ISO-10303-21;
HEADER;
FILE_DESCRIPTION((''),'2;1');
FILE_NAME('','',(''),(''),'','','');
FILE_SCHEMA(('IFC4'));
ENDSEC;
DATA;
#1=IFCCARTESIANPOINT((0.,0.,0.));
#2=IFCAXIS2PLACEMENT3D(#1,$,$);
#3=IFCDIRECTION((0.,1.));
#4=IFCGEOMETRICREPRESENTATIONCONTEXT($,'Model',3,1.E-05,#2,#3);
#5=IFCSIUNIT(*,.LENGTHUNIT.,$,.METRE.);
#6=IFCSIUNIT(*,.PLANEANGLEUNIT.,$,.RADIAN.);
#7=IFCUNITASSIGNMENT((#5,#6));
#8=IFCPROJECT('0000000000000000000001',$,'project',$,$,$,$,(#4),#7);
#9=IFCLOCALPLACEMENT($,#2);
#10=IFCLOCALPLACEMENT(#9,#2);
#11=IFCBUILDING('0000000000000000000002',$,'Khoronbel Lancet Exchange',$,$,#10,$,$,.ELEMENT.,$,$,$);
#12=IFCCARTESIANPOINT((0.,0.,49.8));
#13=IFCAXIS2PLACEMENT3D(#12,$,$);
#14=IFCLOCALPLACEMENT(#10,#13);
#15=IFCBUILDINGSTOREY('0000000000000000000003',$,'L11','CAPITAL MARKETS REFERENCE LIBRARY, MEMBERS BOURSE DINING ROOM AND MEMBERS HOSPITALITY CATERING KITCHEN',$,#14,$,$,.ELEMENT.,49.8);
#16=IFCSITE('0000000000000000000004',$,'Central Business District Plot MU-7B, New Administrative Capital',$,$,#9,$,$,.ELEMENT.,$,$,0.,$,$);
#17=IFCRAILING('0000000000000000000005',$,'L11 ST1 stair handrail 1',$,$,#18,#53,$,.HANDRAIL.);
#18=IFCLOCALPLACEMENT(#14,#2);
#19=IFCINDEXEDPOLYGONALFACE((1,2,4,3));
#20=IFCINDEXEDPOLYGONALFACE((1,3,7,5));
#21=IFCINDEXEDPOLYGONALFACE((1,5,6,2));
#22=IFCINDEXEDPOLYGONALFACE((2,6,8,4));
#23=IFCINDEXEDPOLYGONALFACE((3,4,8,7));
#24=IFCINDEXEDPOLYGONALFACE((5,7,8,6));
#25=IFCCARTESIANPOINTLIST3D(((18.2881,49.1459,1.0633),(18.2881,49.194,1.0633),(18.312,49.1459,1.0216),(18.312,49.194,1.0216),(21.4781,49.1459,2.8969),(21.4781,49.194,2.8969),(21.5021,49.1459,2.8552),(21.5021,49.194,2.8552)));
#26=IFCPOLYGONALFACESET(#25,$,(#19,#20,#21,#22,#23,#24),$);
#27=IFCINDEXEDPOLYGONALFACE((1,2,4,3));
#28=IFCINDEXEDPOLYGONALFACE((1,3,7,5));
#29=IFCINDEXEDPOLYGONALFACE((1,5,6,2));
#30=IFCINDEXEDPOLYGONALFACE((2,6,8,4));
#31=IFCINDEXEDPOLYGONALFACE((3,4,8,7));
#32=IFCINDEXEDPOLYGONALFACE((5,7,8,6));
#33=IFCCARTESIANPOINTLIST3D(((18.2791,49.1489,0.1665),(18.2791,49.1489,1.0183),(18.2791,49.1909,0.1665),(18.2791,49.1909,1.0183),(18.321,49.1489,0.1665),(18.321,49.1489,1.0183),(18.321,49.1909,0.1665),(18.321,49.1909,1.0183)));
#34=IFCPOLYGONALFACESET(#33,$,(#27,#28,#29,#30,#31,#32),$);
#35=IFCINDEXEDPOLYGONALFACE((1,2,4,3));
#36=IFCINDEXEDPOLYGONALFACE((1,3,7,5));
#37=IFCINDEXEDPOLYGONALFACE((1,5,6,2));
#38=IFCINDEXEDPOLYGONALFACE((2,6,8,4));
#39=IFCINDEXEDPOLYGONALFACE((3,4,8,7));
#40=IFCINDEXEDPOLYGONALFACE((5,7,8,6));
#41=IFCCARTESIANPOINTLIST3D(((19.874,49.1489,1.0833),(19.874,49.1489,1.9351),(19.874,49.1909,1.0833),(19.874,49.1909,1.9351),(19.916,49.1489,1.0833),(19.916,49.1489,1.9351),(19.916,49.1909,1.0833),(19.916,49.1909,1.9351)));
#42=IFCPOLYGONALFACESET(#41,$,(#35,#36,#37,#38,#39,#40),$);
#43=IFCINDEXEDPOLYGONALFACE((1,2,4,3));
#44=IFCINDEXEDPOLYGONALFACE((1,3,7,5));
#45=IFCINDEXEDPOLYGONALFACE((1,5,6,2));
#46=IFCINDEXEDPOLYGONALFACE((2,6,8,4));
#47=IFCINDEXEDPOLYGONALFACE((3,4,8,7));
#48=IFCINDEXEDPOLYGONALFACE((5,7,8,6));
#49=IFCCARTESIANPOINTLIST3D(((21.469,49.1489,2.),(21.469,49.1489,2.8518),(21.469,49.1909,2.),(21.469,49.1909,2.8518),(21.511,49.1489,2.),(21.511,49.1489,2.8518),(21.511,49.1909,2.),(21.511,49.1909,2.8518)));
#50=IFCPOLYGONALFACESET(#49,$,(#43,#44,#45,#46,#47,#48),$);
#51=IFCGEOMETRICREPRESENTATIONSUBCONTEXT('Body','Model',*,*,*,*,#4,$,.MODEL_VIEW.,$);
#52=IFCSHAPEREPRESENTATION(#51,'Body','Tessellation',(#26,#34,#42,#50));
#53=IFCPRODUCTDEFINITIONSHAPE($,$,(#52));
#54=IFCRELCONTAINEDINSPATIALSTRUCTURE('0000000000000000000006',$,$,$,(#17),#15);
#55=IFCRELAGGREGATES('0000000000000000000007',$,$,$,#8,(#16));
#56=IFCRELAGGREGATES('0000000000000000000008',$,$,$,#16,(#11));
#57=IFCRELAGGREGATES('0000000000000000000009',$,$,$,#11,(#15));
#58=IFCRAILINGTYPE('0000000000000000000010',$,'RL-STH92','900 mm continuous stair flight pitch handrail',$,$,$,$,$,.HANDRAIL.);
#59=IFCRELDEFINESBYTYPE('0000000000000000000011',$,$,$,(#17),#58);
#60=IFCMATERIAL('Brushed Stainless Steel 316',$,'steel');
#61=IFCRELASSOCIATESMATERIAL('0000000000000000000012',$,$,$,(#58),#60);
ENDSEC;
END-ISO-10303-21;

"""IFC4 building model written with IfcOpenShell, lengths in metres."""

from ifc_helpers import new_model, si_unit, direction, frame, origin, origin_2d, place, context, subcontext, project, spatial, rectangle, extrude, material, type_object, element, save


model = new_model("IFC4")

# Units and contexts
model_context = context("Model", 3, precision=1e-05, world=origin(), true_north=direction((0.0, 1.0)))
body_context = subcontext(model_context, "Body", "Model", "MODEL_VIEW")
ifc_project = project(units=[si_unit("LENGTHUNIT", "METRE"), si_unit("PLANEANGLEUNIT", "RADIAN")], contexts=[model_context])

# Site, building, storey
site_placement = place(None, origin())
site = spatial("IfcSite", under=ifc_project, at=site_placement, Name="Central Business District Plot MU-7B, New Administrative Capital", CompositionType="ELEMENT", RefElevation=0.0)
building_placement = place(site_placement, origin())
building = spatial("IfcBuilding", under=site, at=building_placement, Name="Khoronbel Lancet Exchange", CompositionType="ELEMENT")
storey_placement = place(building_placement, frame((0.0, 0.0, 49.8)))
storey = spatial("IfcBuildingStorey", under=building, at=storey_placement, Name="L11", Description="CAPITAL MARKETS REFERENCE LIBRARY, MEMBERS BOURSE DINING ROOM AND MEMBERS HOSPITALITY CATERING KITCHEN", CompositionType="ELEMENT", Elevation=49.8)

# Railing
ifc_material_1 = material(Name="Brushed Stainless Steel 316", Category="steel")
railing_type_1 = type_object("IfcRailingType", Name="RL-STH92", Description="900 mm continuous stair flight pitch handrail", PredefinedType="HANDRAIL", material=ifc_material_1)
railing_1_placement = place(storey_placement, frame((18.3, 49.1699, 0.1665)))
element("IfcRailing", 1, at=railing_1_placement, inside=storey, type_object=railing_type_1, Name="L11 ST1 stair handrail 1", PredefinedType="HANDRAIL", context=body_context, shape_type="SweptSolid", body=[
    extrude(rectangle(XDim=0.0481, YDim=0.0481, at=origin_2d()), frame((0.0, 0.0, 0.876), z_axis=(0.866991, 0.0, 0.498324), x_axis=(0.0, 1.0, 0.0)), (0.0, 0.0, 1.0), 3.6794),
    extrude(rectangle(XDim=0.042, YDim=0.042, at=origin_2d()), origin(), (0.0, 0.0, 1.0), 0.8518),
    extrude(rectangle(XDim=0.042, YDim=0.042, at=origin_2d()), frame((1.595, 0.0, 0.9167)), (0.0, 0.0, 1.0), 0.8518),
    extrude(rectangle(XDim=0.042, YDim=0.042, at=origin_2d()), frame((3.1899, 0.0, 1.8335)), (0.0, 0.0, 1.0), 0.8518),
])

save(model, "model.ifc")
